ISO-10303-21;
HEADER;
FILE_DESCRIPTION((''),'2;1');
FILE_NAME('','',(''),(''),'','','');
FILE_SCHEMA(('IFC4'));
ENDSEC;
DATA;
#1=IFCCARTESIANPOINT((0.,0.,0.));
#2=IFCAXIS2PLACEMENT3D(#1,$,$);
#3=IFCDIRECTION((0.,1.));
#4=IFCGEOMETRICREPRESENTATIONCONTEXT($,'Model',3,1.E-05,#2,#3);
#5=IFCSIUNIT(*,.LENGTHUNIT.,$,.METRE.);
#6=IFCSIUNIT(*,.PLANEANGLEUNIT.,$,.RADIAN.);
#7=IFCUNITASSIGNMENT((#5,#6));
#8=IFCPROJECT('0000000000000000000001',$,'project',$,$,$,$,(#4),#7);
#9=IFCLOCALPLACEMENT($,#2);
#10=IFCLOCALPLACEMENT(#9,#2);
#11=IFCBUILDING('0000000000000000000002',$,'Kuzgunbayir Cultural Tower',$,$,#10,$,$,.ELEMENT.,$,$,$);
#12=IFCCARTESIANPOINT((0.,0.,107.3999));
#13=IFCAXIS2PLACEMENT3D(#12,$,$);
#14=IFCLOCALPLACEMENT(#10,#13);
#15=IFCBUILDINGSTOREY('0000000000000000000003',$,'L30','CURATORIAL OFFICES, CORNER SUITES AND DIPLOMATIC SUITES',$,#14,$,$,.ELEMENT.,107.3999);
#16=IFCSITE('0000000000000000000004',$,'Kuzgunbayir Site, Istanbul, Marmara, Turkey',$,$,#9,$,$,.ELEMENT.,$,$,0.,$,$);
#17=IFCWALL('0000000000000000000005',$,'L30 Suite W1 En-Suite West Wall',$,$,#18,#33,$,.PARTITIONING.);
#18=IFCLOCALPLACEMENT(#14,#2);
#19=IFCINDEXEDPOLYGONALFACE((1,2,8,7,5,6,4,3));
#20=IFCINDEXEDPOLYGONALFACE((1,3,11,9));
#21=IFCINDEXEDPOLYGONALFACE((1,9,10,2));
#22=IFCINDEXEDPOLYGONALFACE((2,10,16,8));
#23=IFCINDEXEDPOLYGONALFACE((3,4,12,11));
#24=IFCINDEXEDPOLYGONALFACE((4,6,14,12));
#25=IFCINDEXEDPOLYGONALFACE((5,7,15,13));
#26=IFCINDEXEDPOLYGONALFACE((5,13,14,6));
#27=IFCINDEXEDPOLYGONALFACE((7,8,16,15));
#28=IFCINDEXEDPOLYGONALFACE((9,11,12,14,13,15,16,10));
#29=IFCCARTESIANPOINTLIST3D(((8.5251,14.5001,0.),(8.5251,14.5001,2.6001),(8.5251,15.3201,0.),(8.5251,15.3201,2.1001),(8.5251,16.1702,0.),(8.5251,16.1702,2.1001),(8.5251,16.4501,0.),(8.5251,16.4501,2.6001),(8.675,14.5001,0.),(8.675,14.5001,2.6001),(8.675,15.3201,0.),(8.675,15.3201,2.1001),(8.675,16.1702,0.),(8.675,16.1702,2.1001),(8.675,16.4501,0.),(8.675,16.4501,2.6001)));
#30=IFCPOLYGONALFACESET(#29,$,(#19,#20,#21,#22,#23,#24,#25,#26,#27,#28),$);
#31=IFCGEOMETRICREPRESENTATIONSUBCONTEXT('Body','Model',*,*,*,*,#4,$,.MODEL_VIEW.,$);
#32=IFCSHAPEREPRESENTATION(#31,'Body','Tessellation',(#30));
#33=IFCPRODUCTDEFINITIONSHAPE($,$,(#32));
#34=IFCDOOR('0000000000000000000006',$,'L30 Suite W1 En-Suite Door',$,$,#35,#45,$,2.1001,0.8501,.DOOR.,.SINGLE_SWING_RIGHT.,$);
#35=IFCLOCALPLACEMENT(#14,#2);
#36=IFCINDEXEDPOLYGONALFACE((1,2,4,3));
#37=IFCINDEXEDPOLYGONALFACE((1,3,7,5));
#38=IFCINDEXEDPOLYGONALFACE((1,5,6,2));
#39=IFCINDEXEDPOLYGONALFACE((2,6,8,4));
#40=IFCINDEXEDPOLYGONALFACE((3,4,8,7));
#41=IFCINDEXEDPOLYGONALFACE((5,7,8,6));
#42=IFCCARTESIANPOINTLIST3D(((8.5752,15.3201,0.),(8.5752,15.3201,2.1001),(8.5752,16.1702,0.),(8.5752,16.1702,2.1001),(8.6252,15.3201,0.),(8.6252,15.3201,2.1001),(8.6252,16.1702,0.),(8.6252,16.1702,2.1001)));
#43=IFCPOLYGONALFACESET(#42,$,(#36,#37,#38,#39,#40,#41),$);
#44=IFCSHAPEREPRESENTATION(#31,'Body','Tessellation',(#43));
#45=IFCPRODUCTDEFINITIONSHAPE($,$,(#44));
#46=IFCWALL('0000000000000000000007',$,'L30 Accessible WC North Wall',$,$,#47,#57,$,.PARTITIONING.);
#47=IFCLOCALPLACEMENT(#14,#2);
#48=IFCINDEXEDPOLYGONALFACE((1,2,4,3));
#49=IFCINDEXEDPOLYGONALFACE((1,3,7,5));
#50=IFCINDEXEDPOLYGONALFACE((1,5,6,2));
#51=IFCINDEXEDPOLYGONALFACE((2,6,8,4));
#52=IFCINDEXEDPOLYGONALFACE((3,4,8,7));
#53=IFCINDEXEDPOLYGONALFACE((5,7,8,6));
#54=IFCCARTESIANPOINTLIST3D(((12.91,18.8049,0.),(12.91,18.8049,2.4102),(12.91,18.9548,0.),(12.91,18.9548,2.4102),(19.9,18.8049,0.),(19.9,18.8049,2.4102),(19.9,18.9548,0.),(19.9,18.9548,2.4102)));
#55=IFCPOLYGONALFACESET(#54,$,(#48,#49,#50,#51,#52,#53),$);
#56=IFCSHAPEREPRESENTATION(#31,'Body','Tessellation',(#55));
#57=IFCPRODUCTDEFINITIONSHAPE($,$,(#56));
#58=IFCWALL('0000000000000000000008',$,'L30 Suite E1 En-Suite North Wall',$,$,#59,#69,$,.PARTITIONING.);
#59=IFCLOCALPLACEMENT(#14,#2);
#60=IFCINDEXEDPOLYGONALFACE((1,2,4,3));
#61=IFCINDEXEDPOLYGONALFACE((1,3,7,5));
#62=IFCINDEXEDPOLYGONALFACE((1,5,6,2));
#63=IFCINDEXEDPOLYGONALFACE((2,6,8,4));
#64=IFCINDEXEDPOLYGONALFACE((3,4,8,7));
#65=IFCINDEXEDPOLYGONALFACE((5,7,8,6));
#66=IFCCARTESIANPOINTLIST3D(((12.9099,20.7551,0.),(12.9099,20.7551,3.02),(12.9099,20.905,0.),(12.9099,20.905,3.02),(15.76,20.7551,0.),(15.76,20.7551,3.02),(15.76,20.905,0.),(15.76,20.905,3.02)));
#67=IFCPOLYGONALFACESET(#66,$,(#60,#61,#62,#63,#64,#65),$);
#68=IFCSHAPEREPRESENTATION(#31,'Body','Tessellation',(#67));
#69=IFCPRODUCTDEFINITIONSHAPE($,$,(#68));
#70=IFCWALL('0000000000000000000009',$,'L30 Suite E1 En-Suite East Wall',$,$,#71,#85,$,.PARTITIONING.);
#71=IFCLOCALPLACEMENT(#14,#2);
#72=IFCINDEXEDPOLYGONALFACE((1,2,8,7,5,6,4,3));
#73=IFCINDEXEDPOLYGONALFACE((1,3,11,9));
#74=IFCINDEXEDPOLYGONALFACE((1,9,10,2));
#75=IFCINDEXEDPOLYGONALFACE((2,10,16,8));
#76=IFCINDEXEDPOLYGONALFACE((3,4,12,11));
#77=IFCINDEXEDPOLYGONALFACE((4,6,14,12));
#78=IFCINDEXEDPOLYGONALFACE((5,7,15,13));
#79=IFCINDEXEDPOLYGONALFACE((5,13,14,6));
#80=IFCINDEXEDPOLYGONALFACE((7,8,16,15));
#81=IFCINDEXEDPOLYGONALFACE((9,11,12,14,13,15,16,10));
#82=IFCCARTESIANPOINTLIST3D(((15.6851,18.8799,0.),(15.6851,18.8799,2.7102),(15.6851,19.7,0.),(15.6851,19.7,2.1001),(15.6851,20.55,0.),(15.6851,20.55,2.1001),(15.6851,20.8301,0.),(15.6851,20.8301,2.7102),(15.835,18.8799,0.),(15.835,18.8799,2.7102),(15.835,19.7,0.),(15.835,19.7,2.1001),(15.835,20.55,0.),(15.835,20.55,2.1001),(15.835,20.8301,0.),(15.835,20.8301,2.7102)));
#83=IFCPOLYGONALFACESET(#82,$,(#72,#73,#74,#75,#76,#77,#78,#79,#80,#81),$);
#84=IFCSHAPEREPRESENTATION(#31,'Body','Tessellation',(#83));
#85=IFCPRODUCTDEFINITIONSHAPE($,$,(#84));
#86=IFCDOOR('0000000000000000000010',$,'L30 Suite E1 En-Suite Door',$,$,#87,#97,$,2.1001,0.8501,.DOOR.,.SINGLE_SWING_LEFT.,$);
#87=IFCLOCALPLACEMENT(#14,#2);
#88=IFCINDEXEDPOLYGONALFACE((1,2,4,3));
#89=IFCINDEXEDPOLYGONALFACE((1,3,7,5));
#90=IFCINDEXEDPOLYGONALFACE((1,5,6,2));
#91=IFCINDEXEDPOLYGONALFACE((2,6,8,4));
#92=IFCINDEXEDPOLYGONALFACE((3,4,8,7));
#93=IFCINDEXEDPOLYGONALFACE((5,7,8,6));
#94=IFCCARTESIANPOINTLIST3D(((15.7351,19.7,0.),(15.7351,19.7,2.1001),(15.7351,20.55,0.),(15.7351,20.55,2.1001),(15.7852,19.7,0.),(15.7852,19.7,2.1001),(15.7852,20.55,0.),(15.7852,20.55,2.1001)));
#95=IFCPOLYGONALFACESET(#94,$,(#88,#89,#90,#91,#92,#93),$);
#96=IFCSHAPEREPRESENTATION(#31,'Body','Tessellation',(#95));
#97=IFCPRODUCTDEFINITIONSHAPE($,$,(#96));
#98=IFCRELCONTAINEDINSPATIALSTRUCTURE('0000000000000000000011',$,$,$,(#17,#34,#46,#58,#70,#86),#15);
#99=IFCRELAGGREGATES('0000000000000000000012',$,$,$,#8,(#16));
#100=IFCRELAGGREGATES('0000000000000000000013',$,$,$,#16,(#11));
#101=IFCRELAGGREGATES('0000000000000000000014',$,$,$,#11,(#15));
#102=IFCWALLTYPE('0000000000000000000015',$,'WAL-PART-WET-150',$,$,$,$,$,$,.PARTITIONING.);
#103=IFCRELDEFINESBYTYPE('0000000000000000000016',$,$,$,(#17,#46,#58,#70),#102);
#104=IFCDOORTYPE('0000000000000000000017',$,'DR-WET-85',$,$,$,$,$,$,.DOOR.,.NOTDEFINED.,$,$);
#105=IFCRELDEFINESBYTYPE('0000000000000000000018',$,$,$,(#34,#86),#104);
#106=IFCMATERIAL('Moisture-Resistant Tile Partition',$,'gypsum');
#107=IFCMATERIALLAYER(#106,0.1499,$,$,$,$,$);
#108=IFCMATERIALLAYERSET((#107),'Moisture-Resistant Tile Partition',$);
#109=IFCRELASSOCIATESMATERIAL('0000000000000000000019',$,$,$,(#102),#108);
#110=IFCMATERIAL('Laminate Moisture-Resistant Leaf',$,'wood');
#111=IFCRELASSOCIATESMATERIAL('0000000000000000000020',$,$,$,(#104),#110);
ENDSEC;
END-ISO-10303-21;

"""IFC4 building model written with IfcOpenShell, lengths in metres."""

from ifc_helpers import new_model, si_unit, direction, frame, frame_2d, origin, place, context, subcontext, project, spatial, rectangle, extrude, material, layer, layer_set, type_object, element, fill, save


model = new_model("IFC4")

# Units and contexts
model_context = context("Model", 3, precision=1e-05, world=origin(), true_north=direction((0.0, 1.0)))
body_context = subcontext(model_context, "Body", "Model", "MODEL_VIEW")
ifc_project = project(units=[si_unit("LENGTHUNIT", "METRE"), si_unit("PLANEANGLEUNIT", "RADIAN")], contexts=[model_context])

# Site, building, storey
site_placement = place(None, origin())
site = spatial("IfcSite", under=ifc_project, at=site_placement, Name="Kuzgunbayir Site, Istanbul, Marmara, Turkey", CompositionType="ELEMENT", RefElevation=0.0)
building_placement = place(site_placement, origin())
building = spatial("IfcBuilding", under=site, at=building_placement, Name="Kuzgunbayir Cultural Tower", CompositionType="ELEMENT")
storey_placement = place(building_placement, frame((0.0, 0.0, 107.3999)))
storey = spatial("IfcBuildingStorey", under=building, at=storey_placement, Name="L30", Description="CURATORIAL OFFICES, CORNER SUITES AND DIPLOMATIC SUITES", CompositionType="ELEMENT", Elevation=107.3999)

# Shared definitions
ifc_material_1 = material(Name="Laminate Moisture-Resistant Leaf", Category="wood")

# Shared definitions
ifc_material_2 = material(Name="Moisture-Resistant Tile Partition", Category="gypsum")
ifc_layer_1 = layer(ifc_material_2, 0.1499)
ifc_layer_set_1 = layer_set([ifc_layer_1], Name="Moisture-Resistant Tile Partition")
wall_type_1 = type_object("IfcWallType", Name="WAL-PART-WET-150", PredefinedType="PARTITIONING", material=ifc_layer_set_1)

# Wall, opening, door
wall_1_placement = place(storey_placement, frame((8.6001, 14.5, 0.0), z_axis=(0.0, 0.0, 1.0), x_axis=(0.0, 1.0, 0.0)))
wall_1 = element("IfcWall", 1, at=wall_1_placement, inside=storey, type_object=wall_type_1, Name="L30 Suite W1 En-Suite West Wall", PredefinedType="PARTITIONING", context=body_context, shape_type="SweptSolid", body=[
    extrude(rectangle(XDim=1.95, YDim=0.1499, at=frame_2d((0.9751, 0.0))), origin(), (0.0, 0.0, 1.0), 2.6001),
])
opening_1_placement = place(wall_1_placement, frame((0.8201, 0.0, 0.0)))
opening_1 = element("IfcOpeningElement", 2, at=opening_1_placement, cuts=wall_1, PredefinedType="OPENING", context=body_context, shape_type="SweptSolid", body=[
    extrude(rectangle(XDim=0.8501, YDim=2.1001, at=frame_2d((0.425, 1.05))), frame((0.0, 0.085, 0.0), z_axis=(0.0, -1.0, 0.0), x_axis=(1.0, 0.0, 0.0)), (0.0, 0.0, 1.0), 0.1699),
])
door_type_1 = type_object("IfcDoorType", Name="DR-WET-85", OperationType="NOTDEFINED", PredefinedType="DOOR", material=ifc_material_1)
door_1_placement = place(opening_1_placement, origin())
door_1 = element("IfcDoor", 3, at=door_1_placement, inside=storey, type_object=door_type_1, Name="L30 Suite W1 En-Suite Door", OperationType="SINGLE_SWING_RIGHT", OverallHeight=2.1001, OverallWidth=0.8501, PredefinedType="DOOR", context=body_context, shape_type="SweptSolid", body=[
    extrude(rectangle(XDim=0.8501, YDim=2.1001, at=frame_2d((0.425, 1.05))), frame((0.0, 0.0249, 0.0), z_axis=(0.0, -1.0, 0.0), x_axis=(1.0, 0.0, 0.0)), (0.0, 0.0, 1.0), 0.05),
])
fill(opening_1, door_1)

# Walls
wall_2_placement = place(storey_placement, frame((12.9099, 18.8799, 0.0), z_axis=(0.0, 0.0, 1.0), x_axis=(1.0, 0.0, 0.0)))
element("IfcWall", 4, at=wall_2_placement, inside=storey, type_object=wall_type_1, Name="L30 Accessible WC North Wall", PredefinedType="PARTITIONING", context=body_context, shape_type="SweptSolid", body=[
    extrude(rectangle(XDim=6.99, YDim=0.1499, at=frame_2d((3.4951, 0.0))), origin(), (0.0, 0.0, 1.0), 2.4102),
])
wall_3_placement = place(storey_placement, frame((12.9099, 20.8301, 0.0), z_axis=(0.0, 0.0, 1.0), x_axis=(1.0, 0.0, 0.0)))
element("IfcWall", 5, at=wall_3_placement, inside=storey, type_object=wall_type_1, Name="L30 Suite E1 En-Suite North Wall", PredefinedType="PARTITIONING", context=body_context, shape_type="SweptSolid", body=[
    extrude(rectangle(XDim=2.8501, YDim=0.1499, at=frame_2d((1.425, 0.0))), origin(), (0.0, 0.0, 1.0), 3.02),
])

# Wall, opening, door
wall_4_placement = place(storey_placement, frame((15.76, 18.8799, 0.0), z_axis=(0.0, 0.0, 1.0), x_axis=(0.0, 1.0, 0.0)))
wall_4 = element("IfcWall", 6, at=wall_4_placement, inside=storey, type_object=wall_type_1, Name="L30 Suite E1 En-Suite East Wall", PredefinedType="PARTITIONING", context=body_context, shape_type="SweptSolid", body=[
    extrude(rectangle(XDim=1.9502, YDim=0.1499, at=frame_2d((0.9751, 0.0))), origin(), (0.0, 0.0, 1.0), 2.7102),
])
opening_2_placement = place(wall_4_placement, frame((0.8201, 0.0, 0.0)))
opening_2 = element("IfcOpeningElement", 7, at=opening_2_placement, cuts=wall_4, PredefinedType="OPENING", context=body_context, shape_type="SweptSolid", body=[
    extrude(rectangle(XDim=0.8501, YDim=2.1001, at=frame_2d((0.425, 1.05))), frame((0.0, 0.085, 0.0), z_axis=(0.0, -1.0, 0.0), x_axis=(1.0, 0.0, 0.0)), (0.0, 0.0, 1.0), 0.1699),
])
door_2_placement = place(opening_2_placement, origin())
door_2 = element("IfcDoor", 8, at=door_2_placement, inside=storey, type_object=door_type_1, Name="L30 Suite E1 En-Suite Door", OperationType="SINGLE_SWING_LEFT", OverallHeight=2.1001, OverallWidth=0.8501, PredefinedType="DOOR", context=body_context, shape_type="SweptSolid", body=[
    extrude(rectangle(XDim=0.8501, YDim=2.1001, at=frame_2d((0.425, 1.05))), frame((0.0, 0.0249, 0.0), z_axis=(0.0, -1.0, 0.0), x_axis=(1.0, 0.0, 0.0)), (0.0, 0.0, 1.0), 0.05),
])
fill(opening_2, door_2)

save(model, "model.ifc")
